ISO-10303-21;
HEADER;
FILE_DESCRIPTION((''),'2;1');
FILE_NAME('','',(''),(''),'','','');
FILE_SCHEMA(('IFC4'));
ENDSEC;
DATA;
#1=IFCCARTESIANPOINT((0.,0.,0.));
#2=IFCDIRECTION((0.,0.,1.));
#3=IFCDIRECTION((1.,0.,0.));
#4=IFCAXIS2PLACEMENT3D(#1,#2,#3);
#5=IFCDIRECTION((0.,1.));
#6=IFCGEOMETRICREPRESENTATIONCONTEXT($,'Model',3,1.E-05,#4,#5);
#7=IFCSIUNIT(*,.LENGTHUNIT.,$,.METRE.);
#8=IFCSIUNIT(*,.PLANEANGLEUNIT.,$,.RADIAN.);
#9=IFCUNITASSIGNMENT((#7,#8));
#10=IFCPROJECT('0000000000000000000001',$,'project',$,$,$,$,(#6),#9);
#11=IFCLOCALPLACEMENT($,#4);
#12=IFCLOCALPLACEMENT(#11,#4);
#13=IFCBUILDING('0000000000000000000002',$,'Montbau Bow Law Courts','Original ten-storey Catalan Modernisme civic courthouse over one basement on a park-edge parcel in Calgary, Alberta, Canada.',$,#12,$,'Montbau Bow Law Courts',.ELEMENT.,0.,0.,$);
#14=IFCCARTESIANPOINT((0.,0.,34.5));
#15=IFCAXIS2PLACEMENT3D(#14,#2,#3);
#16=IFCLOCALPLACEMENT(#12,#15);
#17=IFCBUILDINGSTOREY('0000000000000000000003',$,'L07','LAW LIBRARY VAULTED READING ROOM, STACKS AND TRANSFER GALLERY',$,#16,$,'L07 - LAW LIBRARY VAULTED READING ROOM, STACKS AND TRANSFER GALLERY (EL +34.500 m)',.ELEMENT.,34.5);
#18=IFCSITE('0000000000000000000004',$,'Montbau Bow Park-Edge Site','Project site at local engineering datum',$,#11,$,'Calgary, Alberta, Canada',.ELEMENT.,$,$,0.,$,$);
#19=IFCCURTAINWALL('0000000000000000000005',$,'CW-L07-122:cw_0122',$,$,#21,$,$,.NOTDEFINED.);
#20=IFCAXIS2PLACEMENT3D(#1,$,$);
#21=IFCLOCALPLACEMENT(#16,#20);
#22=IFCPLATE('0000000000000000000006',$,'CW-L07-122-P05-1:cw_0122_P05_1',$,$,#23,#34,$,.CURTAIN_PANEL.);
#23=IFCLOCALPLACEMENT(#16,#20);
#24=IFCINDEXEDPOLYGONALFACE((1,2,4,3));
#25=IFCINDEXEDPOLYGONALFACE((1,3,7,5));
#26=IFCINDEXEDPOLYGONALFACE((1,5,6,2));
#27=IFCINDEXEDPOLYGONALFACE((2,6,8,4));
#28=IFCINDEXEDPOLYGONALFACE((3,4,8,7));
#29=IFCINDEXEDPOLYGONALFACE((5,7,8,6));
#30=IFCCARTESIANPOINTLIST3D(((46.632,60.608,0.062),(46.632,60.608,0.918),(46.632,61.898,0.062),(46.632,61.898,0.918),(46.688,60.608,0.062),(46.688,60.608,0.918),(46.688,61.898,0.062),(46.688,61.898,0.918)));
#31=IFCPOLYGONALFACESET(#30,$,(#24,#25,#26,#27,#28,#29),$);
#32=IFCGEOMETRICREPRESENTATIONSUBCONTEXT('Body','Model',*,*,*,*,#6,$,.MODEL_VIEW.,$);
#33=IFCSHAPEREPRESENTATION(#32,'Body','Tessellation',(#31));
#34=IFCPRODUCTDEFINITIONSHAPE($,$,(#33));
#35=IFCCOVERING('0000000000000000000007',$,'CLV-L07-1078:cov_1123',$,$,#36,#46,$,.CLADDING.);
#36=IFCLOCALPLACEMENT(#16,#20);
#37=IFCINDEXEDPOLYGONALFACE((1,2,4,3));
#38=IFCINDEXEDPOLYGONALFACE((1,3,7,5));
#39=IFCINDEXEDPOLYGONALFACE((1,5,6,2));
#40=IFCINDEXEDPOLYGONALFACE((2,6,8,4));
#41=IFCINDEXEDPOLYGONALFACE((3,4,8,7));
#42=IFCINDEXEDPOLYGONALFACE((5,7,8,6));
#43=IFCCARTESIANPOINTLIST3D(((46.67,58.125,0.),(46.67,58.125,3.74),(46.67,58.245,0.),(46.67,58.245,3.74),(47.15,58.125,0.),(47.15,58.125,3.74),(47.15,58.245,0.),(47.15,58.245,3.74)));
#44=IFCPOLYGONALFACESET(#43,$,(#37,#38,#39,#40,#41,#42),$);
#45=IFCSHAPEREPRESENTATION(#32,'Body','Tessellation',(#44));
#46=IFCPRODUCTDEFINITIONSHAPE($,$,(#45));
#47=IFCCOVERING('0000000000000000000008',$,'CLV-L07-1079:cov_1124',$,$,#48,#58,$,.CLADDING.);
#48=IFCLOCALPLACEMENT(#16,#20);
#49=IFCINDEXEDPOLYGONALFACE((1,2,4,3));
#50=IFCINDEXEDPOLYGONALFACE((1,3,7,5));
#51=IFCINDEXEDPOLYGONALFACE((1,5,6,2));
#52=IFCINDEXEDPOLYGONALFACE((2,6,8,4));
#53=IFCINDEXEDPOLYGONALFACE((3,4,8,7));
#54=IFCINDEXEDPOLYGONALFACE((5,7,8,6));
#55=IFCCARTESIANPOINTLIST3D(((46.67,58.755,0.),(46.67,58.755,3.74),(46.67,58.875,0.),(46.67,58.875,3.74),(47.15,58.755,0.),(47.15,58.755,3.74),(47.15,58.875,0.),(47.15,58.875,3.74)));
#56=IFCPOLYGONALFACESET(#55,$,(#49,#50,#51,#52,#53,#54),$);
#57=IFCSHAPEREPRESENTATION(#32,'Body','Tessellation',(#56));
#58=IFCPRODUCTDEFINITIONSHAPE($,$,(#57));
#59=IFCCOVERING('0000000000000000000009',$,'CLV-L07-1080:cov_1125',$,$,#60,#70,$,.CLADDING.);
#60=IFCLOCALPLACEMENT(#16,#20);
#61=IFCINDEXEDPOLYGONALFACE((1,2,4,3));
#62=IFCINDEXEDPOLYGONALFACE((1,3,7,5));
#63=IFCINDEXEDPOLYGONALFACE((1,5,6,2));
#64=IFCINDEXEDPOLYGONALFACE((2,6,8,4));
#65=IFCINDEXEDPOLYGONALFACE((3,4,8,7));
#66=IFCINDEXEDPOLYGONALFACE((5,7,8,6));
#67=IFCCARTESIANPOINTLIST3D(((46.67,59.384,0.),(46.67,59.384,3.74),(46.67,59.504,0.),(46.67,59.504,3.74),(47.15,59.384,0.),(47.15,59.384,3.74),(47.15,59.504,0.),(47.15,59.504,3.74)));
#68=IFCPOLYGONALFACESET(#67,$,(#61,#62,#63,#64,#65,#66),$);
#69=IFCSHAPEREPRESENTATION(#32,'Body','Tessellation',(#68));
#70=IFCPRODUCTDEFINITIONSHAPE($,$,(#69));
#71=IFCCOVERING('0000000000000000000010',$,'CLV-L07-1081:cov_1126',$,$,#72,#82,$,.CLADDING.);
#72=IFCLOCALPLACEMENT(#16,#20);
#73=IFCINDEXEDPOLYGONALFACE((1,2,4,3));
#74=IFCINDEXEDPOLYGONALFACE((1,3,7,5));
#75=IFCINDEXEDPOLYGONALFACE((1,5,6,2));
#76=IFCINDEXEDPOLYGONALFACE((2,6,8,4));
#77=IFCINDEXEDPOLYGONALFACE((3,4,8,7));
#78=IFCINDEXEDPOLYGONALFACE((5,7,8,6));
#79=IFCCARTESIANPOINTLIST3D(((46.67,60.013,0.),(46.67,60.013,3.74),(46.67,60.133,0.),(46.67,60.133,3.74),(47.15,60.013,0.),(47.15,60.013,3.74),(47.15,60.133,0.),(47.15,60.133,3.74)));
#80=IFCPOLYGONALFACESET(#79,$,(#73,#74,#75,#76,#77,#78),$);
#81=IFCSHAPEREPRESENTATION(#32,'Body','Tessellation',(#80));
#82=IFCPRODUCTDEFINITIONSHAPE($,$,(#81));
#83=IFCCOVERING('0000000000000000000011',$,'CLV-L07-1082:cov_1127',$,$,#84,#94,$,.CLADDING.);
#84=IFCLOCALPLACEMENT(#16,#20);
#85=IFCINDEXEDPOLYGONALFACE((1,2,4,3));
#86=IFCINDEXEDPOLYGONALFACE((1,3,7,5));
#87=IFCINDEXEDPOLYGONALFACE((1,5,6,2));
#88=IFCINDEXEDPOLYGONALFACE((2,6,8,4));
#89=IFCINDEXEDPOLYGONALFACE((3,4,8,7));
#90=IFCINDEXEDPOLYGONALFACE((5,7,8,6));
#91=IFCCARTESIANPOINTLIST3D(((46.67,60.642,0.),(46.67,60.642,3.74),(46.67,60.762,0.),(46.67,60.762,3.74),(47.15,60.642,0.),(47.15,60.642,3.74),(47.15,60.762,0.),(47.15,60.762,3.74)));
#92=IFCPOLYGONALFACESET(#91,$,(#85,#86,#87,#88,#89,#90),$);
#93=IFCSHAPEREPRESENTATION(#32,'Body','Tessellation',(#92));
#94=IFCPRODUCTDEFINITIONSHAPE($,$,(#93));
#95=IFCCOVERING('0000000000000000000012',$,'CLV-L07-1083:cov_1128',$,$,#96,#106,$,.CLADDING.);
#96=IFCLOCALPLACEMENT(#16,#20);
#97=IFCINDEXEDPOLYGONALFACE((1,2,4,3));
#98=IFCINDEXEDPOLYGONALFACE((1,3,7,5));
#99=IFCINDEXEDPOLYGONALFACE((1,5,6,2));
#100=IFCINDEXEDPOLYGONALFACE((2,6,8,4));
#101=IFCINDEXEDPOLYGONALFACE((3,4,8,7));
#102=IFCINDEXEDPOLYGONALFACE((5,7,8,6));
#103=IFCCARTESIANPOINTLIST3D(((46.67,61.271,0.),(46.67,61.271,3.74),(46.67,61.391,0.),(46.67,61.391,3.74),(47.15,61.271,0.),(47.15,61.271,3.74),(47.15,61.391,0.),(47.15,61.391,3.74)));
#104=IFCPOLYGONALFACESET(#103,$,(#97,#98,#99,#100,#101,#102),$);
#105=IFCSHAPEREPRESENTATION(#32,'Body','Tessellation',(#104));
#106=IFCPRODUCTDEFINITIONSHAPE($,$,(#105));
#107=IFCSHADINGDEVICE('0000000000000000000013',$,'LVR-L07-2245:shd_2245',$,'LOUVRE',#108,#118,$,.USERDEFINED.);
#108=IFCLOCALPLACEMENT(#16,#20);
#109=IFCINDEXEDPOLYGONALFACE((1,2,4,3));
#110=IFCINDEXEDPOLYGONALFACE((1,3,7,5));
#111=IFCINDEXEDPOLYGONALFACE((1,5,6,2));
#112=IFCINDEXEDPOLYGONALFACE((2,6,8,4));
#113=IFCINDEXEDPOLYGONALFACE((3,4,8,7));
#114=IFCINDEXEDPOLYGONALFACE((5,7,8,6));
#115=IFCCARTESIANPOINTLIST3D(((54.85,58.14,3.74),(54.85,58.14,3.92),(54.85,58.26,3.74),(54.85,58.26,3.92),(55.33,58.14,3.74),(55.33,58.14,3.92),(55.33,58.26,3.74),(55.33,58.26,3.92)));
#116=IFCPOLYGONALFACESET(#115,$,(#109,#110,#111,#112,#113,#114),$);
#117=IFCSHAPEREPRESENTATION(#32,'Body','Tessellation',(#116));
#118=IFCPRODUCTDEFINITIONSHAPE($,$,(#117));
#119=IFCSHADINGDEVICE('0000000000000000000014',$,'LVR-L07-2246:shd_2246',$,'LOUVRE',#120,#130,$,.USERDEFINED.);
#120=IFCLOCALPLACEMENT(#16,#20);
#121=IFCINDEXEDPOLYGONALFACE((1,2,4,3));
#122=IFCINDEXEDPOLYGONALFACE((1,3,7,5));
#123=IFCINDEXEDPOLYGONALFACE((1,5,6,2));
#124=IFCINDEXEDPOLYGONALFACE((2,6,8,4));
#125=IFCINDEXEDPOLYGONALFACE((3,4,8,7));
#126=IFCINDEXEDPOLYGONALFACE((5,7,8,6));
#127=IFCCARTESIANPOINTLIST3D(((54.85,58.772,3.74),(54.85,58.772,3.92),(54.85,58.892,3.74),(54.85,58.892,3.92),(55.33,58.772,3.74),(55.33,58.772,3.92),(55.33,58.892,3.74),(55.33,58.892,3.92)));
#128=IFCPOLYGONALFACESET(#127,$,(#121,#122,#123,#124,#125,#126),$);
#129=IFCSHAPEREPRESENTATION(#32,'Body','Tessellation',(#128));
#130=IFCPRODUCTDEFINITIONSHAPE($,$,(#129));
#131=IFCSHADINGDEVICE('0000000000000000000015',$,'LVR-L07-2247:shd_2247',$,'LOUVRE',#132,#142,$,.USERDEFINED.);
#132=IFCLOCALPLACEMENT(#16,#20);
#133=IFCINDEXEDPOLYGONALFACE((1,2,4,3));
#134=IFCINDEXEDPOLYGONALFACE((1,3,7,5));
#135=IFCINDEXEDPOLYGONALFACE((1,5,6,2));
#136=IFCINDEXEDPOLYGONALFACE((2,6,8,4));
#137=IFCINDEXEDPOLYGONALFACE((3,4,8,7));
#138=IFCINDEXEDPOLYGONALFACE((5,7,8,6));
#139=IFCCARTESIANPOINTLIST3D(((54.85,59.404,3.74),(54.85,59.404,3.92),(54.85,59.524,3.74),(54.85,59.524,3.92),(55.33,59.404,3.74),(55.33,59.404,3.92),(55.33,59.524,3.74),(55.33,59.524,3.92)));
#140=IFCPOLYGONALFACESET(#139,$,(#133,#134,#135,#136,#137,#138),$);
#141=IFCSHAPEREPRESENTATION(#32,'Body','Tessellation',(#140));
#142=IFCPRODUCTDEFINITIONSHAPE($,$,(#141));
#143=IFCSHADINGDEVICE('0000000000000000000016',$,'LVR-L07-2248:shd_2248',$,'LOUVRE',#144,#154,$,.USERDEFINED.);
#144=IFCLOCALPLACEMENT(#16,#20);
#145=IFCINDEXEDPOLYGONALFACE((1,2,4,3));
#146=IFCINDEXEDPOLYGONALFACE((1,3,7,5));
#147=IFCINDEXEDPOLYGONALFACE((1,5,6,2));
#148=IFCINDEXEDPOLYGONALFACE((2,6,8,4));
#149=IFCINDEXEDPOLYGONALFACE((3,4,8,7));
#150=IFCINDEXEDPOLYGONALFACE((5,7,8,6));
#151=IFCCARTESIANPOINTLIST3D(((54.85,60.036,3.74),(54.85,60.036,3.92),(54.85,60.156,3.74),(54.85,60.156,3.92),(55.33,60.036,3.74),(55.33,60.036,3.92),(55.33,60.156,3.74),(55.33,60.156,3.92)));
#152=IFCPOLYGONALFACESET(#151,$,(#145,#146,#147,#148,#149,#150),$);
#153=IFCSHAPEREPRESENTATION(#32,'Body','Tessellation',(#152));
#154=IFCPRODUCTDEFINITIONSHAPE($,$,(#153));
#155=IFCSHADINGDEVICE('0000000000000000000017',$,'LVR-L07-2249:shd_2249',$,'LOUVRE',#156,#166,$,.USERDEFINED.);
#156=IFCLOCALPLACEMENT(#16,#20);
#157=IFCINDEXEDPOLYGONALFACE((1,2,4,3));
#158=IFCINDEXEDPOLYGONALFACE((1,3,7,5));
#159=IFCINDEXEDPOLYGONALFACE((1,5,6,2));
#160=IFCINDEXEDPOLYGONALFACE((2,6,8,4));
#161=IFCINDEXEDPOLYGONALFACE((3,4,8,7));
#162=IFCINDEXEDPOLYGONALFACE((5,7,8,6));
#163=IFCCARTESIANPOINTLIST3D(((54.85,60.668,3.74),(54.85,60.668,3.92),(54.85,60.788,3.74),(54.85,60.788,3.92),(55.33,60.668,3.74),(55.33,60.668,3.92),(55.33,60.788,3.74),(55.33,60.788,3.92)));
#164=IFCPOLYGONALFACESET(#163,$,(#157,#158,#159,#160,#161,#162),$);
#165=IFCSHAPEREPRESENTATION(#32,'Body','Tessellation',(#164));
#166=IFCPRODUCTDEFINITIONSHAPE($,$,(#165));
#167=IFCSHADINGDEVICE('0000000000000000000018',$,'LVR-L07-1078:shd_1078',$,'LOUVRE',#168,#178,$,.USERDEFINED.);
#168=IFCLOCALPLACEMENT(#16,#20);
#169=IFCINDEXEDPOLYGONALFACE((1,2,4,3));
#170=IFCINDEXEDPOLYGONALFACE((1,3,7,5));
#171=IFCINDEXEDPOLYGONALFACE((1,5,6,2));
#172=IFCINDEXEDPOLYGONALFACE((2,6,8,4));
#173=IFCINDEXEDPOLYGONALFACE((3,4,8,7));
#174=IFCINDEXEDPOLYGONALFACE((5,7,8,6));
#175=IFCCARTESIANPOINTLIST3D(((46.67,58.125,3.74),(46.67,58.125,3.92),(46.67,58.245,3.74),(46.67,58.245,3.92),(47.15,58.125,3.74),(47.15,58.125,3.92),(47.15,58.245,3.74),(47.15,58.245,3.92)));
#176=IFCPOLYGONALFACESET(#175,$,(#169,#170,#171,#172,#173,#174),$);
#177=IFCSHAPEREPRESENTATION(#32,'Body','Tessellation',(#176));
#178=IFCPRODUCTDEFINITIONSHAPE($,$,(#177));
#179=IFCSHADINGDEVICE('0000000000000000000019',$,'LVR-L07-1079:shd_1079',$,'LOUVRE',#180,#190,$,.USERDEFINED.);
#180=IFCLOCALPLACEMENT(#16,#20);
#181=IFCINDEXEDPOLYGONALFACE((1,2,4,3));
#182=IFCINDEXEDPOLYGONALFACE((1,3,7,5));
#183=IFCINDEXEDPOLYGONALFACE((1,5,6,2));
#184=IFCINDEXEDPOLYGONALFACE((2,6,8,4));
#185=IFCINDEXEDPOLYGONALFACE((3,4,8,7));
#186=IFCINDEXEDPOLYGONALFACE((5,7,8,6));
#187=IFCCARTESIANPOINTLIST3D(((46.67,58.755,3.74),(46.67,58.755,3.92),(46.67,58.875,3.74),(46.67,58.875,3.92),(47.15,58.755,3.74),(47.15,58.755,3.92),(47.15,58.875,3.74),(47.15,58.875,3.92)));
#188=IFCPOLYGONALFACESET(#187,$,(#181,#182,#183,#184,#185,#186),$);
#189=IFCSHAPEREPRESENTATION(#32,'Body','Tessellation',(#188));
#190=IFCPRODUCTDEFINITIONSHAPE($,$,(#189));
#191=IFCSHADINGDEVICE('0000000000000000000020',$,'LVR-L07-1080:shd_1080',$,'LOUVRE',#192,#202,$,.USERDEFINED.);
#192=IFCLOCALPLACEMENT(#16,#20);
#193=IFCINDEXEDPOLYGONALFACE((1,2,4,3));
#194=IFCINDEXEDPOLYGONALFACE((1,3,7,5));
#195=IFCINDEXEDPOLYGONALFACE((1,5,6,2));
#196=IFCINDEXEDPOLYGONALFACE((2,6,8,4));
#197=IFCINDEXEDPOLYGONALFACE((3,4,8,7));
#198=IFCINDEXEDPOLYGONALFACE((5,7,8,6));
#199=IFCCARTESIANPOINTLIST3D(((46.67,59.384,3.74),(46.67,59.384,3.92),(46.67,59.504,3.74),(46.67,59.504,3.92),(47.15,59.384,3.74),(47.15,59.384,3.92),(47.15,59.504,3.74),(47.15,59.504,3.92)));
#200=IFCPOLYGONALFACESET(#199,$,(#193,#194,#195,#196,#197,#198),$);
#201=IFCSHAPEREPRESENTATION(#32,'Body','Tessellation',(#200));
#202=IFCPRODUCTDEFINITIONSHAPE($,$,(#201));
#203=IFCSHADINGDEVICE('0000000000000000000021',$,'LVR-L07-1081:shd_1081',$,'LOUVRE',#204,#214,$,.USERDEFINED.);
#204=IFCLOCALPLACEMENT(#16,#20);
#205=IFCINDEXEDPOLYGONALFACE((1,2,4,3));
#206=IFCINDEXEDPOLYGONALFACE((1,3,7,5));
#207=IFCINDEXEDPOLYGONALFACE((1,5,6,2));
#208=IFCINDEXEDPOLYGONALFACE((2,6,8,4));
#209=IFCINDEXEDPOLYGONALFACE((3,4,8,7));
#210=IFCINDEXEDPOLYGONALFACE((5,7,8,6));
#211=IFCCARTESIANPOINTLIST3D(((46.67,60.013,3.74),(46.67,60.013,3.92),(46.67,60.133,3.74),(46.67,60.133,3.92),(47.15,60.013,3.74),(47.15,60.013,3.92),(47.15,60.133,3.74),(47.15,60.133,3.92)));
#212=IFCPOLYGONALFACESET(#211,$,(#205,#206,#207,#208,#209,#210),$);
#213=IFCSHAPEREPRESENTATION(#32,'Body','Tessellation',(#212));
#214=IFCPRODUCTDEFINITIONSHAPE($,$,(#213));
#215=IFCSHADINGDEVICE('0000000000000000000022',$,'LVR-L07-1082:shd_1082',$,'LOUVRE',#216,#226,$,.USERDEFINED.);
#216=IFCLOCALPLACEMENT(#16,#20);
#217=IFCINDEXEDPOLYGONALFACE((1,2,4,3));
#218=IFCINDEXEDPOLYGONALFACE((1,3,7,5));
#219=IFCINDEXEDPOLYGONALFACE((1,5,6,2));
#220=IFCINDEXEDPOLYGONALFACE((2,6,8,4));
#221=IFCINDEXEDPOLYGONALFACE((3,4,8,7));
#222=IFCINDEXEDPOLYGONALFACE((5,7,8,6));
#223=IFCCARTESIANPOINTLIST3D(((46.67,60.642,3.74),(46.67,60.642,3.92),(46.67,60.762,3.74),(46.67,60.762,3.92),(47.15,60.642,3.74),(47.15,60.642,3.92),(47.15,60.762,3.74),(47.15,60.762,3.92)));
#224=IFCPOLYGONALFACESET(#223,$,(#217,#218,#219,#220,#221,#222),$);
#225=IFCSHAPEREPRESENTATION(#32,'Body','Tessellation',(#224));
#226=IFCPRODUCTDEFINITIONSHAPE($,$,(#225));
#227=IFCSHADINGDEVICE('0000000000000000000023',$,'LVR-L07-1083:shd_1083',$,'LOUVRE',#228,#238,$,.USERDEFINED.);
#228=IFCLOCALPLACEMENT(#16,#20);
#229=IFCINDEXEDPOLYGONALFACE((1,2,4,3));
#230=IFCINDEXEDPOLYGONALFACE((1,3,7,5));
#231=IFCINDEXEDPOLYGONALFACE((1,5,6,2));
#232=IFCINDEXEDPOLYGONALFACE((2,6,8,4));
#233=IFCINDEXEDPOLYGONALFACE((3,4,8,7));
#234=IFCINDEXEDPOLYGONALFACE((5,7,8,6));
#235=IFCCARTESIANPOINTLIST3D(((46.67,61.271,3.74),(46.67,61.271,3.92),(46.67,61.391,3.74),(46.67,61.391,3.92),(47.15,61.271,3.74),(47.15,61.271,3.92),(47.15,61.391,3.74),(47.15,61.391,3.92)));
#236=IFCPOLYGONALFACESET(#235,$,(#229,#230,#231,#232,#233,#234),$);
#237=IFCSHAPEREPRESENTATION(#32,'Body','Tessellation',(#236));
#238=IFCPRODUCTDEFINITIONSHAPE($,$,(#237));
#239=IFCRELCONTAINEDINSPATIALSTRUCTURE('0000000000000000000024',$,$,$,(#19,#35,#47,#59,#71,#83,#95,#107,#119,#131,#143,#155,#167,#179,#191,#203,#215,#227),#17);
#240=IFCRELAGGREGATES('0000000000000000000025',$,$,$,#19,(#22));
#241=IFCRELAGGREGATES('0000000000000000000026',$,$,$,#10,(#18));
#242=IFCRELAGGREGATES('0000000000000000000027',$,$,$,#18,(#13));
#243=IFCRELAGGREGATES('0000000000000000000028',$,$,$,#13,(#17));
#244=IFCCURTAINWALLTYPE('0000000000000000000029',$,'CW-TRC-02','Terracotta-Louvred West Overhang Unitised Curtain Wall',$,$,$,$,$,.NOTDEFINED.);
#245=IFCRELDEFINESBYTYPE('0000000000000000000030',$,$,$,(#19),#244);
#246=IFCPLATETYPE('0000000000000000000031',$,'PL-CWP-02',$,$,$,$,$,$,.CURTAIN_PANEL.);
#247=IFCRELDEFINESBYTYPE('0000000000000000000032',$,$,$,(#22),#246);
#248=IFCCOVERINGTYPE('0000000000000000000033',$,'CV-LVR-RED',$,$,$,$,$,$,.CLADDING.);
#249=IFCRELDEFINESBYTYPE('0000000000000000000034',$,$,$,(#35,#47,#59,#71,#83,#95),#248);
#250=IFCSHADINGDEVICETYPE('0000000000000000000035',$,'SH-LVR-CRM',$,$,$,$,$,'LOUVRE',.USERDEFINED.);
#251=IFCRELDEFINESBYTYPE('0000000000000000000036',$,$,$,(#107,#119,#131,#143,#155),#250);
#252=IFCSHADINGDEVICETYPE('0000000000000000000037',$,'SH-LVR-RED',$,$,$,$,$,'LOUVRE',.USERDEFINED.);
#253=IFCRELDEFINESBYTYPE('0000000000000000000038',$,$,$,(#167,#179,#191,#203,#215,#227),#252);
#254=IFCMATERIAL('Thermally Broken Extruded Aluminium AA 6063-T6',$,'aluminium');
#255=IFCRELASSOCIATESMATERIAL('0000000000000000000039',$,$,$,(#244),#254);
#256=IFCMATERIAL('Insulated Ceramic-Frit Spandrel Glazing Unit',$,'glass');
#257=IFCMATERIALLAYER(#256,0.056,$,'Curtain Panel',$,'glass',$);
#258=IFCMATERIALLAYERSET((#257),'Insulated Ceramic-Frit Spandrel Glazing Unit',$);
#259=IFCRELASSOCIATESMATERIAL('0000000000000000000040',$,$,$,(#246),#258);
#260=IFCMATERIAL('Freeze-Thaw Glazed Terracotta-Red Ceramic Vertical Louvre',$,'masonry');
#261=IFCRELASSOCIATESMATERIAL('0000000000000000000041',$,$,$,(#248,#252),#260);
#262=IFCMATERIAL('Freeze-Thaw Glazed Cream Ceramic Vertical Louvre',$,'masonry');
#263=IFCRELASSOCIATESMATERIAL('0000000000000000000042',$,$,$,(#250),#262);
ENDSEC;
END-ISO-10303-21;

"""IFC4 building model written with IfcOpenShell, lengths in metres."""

from ifc_helpers import new_model, si_unit, direction, frame, frame_2d, origin_with_axes, origin_2d_with_axis, place, context, subcontext, project, spatial, rectangle, extrude, material, layer, layer_set, type_object, element, aggregate, save


model = new_model("IFC4")

# Units and contexts
model_context = context("Model", 3, precision=1e-05, world=origin_with_axes(), true_north=direction((0.0, 1.0)))
body_context = subcontext(model_context, "Body", "Model", "MODEL_VIEW")
ifc_project = project(units=[si_unit("LENGTHUNIT", "METRE"), si_unit("PLANEANGLEUNIT", "RADIAN")], contexts=[model_context])

# Site, building, storey
site_placement = place(None, origin_with_axes())
site = spatial("IfcSite", under=ifc_project, at=site_placement, Name="Montbau Bow Park-Edge Site", Description="Project site at local engineering datum", LongName="Calgary, Alberta, Canada", CompositionType="ELEMENT", RefElevation=0.0)
building_placement = place(site_placement, origin_with_axes())
building = spatial("IfcBuilding", under=site, at=building_placement, Name="Montbau Bow Law Courts", Description="Original ten-storey Catalan Modernisme civic courthouse over one basement on a park-edge parcel in Calgary, Alberta, Canada.", LongName="Montbau Bow Law Courts", CompositionType="ELEMENT", ElevationOfRefHeight=0.0, ElevationOfTerrain=0.0)
storey_placement = place(building_placement, frame((0.0, 0.0, 34.5), z_axis=(0.0, 0.0, 1.0), x_axis=(1.0, 0.0, 0.0)))
storey = spatial("IfcBuildingStorey", under=building, at=storey_placement, Name="L07", Description="LAW LIBRARY VAULTED READING ROOM, STACKS AND TRANSFER GALLERY", LongName="L07 - LAW LIBRARY VAULTED READING ROOM, STACKS AND TRANSFER GALLERY (EL +34.500 m)", CompositionType="ELEMENT", Elevation=34.5)

# Curtain wall, plate
ifc_material_1 = material(Name="Thermally Broken Extruded Aluminium AA 6063-T6", Category="aluminium")
curtain_wall_type = type_object("IfcCurtainWallType", Name="CW-TRC-02", Description="Terracotta-Louvred West Overhang Unitised Curtain Wall", PredefinedType="NOTDEFINED", material=ifc_material_1)
curtain_wall_placement = place(None, frame((46.66, 55.04, 34.5), z_axis=(0.0, 0.0, 1.0), x_axis=(1.0, 0.0, 0.0)))
curtain_wall = element("IfcCurtainWall", 1, at=curtain_wall_placement, inside=storey, type_object=curtain_wall_type, Name="CW-L07-122:cw_0122", PredefinedType="NOTDEFINED")
ifc_material_2 = material(Name="Insulated Ceramic-Frit Spandrel Glazing Unit", Category="glass")
ifc_layer_1 = layer(ifc_material_2, 0.056, Name="Curtain Panel", Category="glass")
ifc_layer_set_1 = layer_set([ifc_layer_1], Name="Insulated Ceramic-Frit Spandrel Glazing Unit")
plate_type_1 = type_object("IfcPlateType", Name="PL-CWP-02", PredefinedType="CURTAIN_PANEL", material=ifc_layer_set_1)
plate_1_placement = place(None, frame((46.66, 60.608, 34.562), z_axis=(1.0, 0.0, 0.0), x_axis=(0.0, 1.0, 0.0)))
plate_1 = element("IfcPlate", 2, at=plate_1_placement, type_object=plate_type_1, Name="CW-L07-122-P05-1:cw_0122_P05_1", PredefinedType="CURTAIN_PANEL", context=body_context, shape_type="SweptSolid", body=[
    extrude(rectangle(XDim=1.29, YDim=0.856, at=frame_2d((0.645, 0.428), x_axis=(1.0, 0.0))), frame((0.0, 0.0, -0.028), z_axis=(0.0, 0.0, 1.0), x_axis=(1.0, 0.0, 0.0)), (0.0, 0.0, 1.0), 0.056),
])
aggregate(curtain_wall, [plate_1])

# Coverings
ifc_material_3 = material(Name="Freeze-Thaw Glazed Terracotta-Red Ceramic Vertical Louvre", Category="masonry")
covering_type = type_object("IfcCoveringType", Name="CV-LVR-RED", PredefinedType="CLADDING", material=ifc_material_3)
for number, where, z_axis, x_axis, name in (
    (3, (46.67, 58.185, 34.5), (0.0, -1.0, 0.0), (1.0, 0.0, 0.0), "CLV-L07-1078:cov_1123"),
    (4, (46.67, 58.815, 34.5), (0.0, -1.0, 0.0), (1.0, 0.0, 0.0), "CLV-L07-1079:cov_1124"),
    (5, (46.67, 59.444, 34.5), (0.0, -1.0, 0.0), (1.0, 0.0, 0.0), "CLV-L07-1080:cov_1125"),
    (6, (46.67, 60.073, 34.5), (0.0, -1.0, 0.0), (1.0, 0.0, 0.0), "CLV-L07-1081:cov_1126"),
    (7, (46.67, 60.702, 34.5), (0.0, -1.0, 0.0), (1.0, 0.0, 0.0), "CLV-L07-1082:cov_1127"),
    (8, (46.67, 61.331, 34.5), (0.0, -1.0, 0.0), (1.0, 0.0, 0.0), "CLV-L07-1083:cov_1128"),
):
    element("IfcCovering", number, at=place(None, frame(where, z_axis=z_axis, x_axis=x_axis)), inside=storey, type_object=covering_type, Name=name, PredefinedType="CLADDING", context=body_context, shape_type="SweptSolid", body=[
        extrude(rectangle(XDim=0.48, YDim=3.74, at=frame_2d((0.24, 1.87), x_axis=(1.0, 0.0))), frame((0.0, 0.0, -0.06), z_axis=(0.0, 0.0, 1.0), x_axis=(1.0, 0.0, 0.0)), (0.0, 0.0, 1.0), 0.12),
    ])

# Shading devices
ifc_material_4 = material(Name="Freeze-Thaw Glazed Cream Ceramic Vertical Louvre", Category="masonry")
shading_device_type_1 = type_object("IfcShadingDeviceType", Name="SH-LVR-CRM", ElementType="LOUVRE", PredefinedType="USERDEFINED", material=ifc_material_4)
for number, where, z_axis, x_axis, name in (
    (9, (55.09, 58.2, 38.24), (0.0, 0.0, 1.0), (-1.0, 0.0, 0.0), "LVR-L07-2245:shd_2245"),
    (10, (55.09, 58.832, 38.24), (0.0, 0.0, 1.0), (-1.0, 0.0, 0.0), "LVR-L07-2246:shd_2246"),
    (11, (55.09, 59.464, 38.24), (0.0, 0.0, 1.0), (-1.0, 0.0, 0.0), "LVR-L07-2247:shd_2247"),
    (12, (55.09, 60.096, 38.24), (0.0, 0.0, 1.0), (-1.0, 0.0, 0.0), "LVR-L07-2248:shd_2248"),
    (13, (55.09, 60.728, 38.24), (0.0, 0.0, 1.0), (-1.0, 0.0, 0.0), "LVR-L07-2249:shd_2249"),
):
    element("IfcShadingDevice", number, at=place(None, frame(where, z_axis=z_axis, x_axis=x_axis)), inside=storey, type_object=shading_device_type_1, Name=name, ObjectType="LOUVRE", PredefinedType="USERDEFINED", context=body_context, shape_type="SweptSolid", body=[
        extrude(rectangle(XDim=0.48, YDim=0.12, at=origin_2d_with_axis()), origin_with_axes(), (0.0, 0.0, 1.0), 0.18),
    ])
shading_device_type_2 = type_object("IfcShadingDeviceType", Name="SH-LVR-RED", ElementType="LOUVRE", PredefinedType="USERDEFINED", material=ifc_material_3)
for number, where, z_axis, x_axis, name in (
    (14, (46.91, 58.185, 38.24), (0.0, 0.0, 1.0), (1.0, 0.0, 0.0), "LVR-L07-1078:shd_1078"),
    (15, (46.91, 58.815, 38.24), (0.0, 0.0, 1.0), (1.0, 0.0, 0.0), "LVR-L07-1079:shd_1079"),
    (16, (46.91, 59.444, 38.24), (0.0, 0.0, 1.0), (1.0, 0.0, 0.0), "LVR-L07-1080:shd_1080"),
    (17, (46.91, 60.073, 38.24), (0.0, 0.0, 1.0), (1.0, 0.0, 0.0), "LVR-L07-1081:shd_1081"),
    (18, (46.91, 60.702, 38.24), (0.0, 0.0, 1.0), (1.0, 0.0, 0.0), "LVR-L07-1082:shd_1082"),
    (19, (46.91, 61.331, 38.24), (0.0, 0.0, 1.0), (1.0, 0.0, 0.0), "LVR-L07-1083:shd_1083"),
):
    element("IfcShadingDevice", number, at=place(None, frame(where, z_axis=z_axis, x_axis=x_axis)), inside=storey, type_object=shading_device_type_2, Name=name, ObjectType="LOUVRE", PredefinedType="USERDEFINED", context=body_context, shape_type="SweptSolid", body=[
        extrude(rectangle(XDim=0.48, YDim=0.12, at=origin_2d_with_axis()), origin_with_axes(), (0.0, 0.0, 1.0), 0.18),
    ])

save(model, "model.ifc")
